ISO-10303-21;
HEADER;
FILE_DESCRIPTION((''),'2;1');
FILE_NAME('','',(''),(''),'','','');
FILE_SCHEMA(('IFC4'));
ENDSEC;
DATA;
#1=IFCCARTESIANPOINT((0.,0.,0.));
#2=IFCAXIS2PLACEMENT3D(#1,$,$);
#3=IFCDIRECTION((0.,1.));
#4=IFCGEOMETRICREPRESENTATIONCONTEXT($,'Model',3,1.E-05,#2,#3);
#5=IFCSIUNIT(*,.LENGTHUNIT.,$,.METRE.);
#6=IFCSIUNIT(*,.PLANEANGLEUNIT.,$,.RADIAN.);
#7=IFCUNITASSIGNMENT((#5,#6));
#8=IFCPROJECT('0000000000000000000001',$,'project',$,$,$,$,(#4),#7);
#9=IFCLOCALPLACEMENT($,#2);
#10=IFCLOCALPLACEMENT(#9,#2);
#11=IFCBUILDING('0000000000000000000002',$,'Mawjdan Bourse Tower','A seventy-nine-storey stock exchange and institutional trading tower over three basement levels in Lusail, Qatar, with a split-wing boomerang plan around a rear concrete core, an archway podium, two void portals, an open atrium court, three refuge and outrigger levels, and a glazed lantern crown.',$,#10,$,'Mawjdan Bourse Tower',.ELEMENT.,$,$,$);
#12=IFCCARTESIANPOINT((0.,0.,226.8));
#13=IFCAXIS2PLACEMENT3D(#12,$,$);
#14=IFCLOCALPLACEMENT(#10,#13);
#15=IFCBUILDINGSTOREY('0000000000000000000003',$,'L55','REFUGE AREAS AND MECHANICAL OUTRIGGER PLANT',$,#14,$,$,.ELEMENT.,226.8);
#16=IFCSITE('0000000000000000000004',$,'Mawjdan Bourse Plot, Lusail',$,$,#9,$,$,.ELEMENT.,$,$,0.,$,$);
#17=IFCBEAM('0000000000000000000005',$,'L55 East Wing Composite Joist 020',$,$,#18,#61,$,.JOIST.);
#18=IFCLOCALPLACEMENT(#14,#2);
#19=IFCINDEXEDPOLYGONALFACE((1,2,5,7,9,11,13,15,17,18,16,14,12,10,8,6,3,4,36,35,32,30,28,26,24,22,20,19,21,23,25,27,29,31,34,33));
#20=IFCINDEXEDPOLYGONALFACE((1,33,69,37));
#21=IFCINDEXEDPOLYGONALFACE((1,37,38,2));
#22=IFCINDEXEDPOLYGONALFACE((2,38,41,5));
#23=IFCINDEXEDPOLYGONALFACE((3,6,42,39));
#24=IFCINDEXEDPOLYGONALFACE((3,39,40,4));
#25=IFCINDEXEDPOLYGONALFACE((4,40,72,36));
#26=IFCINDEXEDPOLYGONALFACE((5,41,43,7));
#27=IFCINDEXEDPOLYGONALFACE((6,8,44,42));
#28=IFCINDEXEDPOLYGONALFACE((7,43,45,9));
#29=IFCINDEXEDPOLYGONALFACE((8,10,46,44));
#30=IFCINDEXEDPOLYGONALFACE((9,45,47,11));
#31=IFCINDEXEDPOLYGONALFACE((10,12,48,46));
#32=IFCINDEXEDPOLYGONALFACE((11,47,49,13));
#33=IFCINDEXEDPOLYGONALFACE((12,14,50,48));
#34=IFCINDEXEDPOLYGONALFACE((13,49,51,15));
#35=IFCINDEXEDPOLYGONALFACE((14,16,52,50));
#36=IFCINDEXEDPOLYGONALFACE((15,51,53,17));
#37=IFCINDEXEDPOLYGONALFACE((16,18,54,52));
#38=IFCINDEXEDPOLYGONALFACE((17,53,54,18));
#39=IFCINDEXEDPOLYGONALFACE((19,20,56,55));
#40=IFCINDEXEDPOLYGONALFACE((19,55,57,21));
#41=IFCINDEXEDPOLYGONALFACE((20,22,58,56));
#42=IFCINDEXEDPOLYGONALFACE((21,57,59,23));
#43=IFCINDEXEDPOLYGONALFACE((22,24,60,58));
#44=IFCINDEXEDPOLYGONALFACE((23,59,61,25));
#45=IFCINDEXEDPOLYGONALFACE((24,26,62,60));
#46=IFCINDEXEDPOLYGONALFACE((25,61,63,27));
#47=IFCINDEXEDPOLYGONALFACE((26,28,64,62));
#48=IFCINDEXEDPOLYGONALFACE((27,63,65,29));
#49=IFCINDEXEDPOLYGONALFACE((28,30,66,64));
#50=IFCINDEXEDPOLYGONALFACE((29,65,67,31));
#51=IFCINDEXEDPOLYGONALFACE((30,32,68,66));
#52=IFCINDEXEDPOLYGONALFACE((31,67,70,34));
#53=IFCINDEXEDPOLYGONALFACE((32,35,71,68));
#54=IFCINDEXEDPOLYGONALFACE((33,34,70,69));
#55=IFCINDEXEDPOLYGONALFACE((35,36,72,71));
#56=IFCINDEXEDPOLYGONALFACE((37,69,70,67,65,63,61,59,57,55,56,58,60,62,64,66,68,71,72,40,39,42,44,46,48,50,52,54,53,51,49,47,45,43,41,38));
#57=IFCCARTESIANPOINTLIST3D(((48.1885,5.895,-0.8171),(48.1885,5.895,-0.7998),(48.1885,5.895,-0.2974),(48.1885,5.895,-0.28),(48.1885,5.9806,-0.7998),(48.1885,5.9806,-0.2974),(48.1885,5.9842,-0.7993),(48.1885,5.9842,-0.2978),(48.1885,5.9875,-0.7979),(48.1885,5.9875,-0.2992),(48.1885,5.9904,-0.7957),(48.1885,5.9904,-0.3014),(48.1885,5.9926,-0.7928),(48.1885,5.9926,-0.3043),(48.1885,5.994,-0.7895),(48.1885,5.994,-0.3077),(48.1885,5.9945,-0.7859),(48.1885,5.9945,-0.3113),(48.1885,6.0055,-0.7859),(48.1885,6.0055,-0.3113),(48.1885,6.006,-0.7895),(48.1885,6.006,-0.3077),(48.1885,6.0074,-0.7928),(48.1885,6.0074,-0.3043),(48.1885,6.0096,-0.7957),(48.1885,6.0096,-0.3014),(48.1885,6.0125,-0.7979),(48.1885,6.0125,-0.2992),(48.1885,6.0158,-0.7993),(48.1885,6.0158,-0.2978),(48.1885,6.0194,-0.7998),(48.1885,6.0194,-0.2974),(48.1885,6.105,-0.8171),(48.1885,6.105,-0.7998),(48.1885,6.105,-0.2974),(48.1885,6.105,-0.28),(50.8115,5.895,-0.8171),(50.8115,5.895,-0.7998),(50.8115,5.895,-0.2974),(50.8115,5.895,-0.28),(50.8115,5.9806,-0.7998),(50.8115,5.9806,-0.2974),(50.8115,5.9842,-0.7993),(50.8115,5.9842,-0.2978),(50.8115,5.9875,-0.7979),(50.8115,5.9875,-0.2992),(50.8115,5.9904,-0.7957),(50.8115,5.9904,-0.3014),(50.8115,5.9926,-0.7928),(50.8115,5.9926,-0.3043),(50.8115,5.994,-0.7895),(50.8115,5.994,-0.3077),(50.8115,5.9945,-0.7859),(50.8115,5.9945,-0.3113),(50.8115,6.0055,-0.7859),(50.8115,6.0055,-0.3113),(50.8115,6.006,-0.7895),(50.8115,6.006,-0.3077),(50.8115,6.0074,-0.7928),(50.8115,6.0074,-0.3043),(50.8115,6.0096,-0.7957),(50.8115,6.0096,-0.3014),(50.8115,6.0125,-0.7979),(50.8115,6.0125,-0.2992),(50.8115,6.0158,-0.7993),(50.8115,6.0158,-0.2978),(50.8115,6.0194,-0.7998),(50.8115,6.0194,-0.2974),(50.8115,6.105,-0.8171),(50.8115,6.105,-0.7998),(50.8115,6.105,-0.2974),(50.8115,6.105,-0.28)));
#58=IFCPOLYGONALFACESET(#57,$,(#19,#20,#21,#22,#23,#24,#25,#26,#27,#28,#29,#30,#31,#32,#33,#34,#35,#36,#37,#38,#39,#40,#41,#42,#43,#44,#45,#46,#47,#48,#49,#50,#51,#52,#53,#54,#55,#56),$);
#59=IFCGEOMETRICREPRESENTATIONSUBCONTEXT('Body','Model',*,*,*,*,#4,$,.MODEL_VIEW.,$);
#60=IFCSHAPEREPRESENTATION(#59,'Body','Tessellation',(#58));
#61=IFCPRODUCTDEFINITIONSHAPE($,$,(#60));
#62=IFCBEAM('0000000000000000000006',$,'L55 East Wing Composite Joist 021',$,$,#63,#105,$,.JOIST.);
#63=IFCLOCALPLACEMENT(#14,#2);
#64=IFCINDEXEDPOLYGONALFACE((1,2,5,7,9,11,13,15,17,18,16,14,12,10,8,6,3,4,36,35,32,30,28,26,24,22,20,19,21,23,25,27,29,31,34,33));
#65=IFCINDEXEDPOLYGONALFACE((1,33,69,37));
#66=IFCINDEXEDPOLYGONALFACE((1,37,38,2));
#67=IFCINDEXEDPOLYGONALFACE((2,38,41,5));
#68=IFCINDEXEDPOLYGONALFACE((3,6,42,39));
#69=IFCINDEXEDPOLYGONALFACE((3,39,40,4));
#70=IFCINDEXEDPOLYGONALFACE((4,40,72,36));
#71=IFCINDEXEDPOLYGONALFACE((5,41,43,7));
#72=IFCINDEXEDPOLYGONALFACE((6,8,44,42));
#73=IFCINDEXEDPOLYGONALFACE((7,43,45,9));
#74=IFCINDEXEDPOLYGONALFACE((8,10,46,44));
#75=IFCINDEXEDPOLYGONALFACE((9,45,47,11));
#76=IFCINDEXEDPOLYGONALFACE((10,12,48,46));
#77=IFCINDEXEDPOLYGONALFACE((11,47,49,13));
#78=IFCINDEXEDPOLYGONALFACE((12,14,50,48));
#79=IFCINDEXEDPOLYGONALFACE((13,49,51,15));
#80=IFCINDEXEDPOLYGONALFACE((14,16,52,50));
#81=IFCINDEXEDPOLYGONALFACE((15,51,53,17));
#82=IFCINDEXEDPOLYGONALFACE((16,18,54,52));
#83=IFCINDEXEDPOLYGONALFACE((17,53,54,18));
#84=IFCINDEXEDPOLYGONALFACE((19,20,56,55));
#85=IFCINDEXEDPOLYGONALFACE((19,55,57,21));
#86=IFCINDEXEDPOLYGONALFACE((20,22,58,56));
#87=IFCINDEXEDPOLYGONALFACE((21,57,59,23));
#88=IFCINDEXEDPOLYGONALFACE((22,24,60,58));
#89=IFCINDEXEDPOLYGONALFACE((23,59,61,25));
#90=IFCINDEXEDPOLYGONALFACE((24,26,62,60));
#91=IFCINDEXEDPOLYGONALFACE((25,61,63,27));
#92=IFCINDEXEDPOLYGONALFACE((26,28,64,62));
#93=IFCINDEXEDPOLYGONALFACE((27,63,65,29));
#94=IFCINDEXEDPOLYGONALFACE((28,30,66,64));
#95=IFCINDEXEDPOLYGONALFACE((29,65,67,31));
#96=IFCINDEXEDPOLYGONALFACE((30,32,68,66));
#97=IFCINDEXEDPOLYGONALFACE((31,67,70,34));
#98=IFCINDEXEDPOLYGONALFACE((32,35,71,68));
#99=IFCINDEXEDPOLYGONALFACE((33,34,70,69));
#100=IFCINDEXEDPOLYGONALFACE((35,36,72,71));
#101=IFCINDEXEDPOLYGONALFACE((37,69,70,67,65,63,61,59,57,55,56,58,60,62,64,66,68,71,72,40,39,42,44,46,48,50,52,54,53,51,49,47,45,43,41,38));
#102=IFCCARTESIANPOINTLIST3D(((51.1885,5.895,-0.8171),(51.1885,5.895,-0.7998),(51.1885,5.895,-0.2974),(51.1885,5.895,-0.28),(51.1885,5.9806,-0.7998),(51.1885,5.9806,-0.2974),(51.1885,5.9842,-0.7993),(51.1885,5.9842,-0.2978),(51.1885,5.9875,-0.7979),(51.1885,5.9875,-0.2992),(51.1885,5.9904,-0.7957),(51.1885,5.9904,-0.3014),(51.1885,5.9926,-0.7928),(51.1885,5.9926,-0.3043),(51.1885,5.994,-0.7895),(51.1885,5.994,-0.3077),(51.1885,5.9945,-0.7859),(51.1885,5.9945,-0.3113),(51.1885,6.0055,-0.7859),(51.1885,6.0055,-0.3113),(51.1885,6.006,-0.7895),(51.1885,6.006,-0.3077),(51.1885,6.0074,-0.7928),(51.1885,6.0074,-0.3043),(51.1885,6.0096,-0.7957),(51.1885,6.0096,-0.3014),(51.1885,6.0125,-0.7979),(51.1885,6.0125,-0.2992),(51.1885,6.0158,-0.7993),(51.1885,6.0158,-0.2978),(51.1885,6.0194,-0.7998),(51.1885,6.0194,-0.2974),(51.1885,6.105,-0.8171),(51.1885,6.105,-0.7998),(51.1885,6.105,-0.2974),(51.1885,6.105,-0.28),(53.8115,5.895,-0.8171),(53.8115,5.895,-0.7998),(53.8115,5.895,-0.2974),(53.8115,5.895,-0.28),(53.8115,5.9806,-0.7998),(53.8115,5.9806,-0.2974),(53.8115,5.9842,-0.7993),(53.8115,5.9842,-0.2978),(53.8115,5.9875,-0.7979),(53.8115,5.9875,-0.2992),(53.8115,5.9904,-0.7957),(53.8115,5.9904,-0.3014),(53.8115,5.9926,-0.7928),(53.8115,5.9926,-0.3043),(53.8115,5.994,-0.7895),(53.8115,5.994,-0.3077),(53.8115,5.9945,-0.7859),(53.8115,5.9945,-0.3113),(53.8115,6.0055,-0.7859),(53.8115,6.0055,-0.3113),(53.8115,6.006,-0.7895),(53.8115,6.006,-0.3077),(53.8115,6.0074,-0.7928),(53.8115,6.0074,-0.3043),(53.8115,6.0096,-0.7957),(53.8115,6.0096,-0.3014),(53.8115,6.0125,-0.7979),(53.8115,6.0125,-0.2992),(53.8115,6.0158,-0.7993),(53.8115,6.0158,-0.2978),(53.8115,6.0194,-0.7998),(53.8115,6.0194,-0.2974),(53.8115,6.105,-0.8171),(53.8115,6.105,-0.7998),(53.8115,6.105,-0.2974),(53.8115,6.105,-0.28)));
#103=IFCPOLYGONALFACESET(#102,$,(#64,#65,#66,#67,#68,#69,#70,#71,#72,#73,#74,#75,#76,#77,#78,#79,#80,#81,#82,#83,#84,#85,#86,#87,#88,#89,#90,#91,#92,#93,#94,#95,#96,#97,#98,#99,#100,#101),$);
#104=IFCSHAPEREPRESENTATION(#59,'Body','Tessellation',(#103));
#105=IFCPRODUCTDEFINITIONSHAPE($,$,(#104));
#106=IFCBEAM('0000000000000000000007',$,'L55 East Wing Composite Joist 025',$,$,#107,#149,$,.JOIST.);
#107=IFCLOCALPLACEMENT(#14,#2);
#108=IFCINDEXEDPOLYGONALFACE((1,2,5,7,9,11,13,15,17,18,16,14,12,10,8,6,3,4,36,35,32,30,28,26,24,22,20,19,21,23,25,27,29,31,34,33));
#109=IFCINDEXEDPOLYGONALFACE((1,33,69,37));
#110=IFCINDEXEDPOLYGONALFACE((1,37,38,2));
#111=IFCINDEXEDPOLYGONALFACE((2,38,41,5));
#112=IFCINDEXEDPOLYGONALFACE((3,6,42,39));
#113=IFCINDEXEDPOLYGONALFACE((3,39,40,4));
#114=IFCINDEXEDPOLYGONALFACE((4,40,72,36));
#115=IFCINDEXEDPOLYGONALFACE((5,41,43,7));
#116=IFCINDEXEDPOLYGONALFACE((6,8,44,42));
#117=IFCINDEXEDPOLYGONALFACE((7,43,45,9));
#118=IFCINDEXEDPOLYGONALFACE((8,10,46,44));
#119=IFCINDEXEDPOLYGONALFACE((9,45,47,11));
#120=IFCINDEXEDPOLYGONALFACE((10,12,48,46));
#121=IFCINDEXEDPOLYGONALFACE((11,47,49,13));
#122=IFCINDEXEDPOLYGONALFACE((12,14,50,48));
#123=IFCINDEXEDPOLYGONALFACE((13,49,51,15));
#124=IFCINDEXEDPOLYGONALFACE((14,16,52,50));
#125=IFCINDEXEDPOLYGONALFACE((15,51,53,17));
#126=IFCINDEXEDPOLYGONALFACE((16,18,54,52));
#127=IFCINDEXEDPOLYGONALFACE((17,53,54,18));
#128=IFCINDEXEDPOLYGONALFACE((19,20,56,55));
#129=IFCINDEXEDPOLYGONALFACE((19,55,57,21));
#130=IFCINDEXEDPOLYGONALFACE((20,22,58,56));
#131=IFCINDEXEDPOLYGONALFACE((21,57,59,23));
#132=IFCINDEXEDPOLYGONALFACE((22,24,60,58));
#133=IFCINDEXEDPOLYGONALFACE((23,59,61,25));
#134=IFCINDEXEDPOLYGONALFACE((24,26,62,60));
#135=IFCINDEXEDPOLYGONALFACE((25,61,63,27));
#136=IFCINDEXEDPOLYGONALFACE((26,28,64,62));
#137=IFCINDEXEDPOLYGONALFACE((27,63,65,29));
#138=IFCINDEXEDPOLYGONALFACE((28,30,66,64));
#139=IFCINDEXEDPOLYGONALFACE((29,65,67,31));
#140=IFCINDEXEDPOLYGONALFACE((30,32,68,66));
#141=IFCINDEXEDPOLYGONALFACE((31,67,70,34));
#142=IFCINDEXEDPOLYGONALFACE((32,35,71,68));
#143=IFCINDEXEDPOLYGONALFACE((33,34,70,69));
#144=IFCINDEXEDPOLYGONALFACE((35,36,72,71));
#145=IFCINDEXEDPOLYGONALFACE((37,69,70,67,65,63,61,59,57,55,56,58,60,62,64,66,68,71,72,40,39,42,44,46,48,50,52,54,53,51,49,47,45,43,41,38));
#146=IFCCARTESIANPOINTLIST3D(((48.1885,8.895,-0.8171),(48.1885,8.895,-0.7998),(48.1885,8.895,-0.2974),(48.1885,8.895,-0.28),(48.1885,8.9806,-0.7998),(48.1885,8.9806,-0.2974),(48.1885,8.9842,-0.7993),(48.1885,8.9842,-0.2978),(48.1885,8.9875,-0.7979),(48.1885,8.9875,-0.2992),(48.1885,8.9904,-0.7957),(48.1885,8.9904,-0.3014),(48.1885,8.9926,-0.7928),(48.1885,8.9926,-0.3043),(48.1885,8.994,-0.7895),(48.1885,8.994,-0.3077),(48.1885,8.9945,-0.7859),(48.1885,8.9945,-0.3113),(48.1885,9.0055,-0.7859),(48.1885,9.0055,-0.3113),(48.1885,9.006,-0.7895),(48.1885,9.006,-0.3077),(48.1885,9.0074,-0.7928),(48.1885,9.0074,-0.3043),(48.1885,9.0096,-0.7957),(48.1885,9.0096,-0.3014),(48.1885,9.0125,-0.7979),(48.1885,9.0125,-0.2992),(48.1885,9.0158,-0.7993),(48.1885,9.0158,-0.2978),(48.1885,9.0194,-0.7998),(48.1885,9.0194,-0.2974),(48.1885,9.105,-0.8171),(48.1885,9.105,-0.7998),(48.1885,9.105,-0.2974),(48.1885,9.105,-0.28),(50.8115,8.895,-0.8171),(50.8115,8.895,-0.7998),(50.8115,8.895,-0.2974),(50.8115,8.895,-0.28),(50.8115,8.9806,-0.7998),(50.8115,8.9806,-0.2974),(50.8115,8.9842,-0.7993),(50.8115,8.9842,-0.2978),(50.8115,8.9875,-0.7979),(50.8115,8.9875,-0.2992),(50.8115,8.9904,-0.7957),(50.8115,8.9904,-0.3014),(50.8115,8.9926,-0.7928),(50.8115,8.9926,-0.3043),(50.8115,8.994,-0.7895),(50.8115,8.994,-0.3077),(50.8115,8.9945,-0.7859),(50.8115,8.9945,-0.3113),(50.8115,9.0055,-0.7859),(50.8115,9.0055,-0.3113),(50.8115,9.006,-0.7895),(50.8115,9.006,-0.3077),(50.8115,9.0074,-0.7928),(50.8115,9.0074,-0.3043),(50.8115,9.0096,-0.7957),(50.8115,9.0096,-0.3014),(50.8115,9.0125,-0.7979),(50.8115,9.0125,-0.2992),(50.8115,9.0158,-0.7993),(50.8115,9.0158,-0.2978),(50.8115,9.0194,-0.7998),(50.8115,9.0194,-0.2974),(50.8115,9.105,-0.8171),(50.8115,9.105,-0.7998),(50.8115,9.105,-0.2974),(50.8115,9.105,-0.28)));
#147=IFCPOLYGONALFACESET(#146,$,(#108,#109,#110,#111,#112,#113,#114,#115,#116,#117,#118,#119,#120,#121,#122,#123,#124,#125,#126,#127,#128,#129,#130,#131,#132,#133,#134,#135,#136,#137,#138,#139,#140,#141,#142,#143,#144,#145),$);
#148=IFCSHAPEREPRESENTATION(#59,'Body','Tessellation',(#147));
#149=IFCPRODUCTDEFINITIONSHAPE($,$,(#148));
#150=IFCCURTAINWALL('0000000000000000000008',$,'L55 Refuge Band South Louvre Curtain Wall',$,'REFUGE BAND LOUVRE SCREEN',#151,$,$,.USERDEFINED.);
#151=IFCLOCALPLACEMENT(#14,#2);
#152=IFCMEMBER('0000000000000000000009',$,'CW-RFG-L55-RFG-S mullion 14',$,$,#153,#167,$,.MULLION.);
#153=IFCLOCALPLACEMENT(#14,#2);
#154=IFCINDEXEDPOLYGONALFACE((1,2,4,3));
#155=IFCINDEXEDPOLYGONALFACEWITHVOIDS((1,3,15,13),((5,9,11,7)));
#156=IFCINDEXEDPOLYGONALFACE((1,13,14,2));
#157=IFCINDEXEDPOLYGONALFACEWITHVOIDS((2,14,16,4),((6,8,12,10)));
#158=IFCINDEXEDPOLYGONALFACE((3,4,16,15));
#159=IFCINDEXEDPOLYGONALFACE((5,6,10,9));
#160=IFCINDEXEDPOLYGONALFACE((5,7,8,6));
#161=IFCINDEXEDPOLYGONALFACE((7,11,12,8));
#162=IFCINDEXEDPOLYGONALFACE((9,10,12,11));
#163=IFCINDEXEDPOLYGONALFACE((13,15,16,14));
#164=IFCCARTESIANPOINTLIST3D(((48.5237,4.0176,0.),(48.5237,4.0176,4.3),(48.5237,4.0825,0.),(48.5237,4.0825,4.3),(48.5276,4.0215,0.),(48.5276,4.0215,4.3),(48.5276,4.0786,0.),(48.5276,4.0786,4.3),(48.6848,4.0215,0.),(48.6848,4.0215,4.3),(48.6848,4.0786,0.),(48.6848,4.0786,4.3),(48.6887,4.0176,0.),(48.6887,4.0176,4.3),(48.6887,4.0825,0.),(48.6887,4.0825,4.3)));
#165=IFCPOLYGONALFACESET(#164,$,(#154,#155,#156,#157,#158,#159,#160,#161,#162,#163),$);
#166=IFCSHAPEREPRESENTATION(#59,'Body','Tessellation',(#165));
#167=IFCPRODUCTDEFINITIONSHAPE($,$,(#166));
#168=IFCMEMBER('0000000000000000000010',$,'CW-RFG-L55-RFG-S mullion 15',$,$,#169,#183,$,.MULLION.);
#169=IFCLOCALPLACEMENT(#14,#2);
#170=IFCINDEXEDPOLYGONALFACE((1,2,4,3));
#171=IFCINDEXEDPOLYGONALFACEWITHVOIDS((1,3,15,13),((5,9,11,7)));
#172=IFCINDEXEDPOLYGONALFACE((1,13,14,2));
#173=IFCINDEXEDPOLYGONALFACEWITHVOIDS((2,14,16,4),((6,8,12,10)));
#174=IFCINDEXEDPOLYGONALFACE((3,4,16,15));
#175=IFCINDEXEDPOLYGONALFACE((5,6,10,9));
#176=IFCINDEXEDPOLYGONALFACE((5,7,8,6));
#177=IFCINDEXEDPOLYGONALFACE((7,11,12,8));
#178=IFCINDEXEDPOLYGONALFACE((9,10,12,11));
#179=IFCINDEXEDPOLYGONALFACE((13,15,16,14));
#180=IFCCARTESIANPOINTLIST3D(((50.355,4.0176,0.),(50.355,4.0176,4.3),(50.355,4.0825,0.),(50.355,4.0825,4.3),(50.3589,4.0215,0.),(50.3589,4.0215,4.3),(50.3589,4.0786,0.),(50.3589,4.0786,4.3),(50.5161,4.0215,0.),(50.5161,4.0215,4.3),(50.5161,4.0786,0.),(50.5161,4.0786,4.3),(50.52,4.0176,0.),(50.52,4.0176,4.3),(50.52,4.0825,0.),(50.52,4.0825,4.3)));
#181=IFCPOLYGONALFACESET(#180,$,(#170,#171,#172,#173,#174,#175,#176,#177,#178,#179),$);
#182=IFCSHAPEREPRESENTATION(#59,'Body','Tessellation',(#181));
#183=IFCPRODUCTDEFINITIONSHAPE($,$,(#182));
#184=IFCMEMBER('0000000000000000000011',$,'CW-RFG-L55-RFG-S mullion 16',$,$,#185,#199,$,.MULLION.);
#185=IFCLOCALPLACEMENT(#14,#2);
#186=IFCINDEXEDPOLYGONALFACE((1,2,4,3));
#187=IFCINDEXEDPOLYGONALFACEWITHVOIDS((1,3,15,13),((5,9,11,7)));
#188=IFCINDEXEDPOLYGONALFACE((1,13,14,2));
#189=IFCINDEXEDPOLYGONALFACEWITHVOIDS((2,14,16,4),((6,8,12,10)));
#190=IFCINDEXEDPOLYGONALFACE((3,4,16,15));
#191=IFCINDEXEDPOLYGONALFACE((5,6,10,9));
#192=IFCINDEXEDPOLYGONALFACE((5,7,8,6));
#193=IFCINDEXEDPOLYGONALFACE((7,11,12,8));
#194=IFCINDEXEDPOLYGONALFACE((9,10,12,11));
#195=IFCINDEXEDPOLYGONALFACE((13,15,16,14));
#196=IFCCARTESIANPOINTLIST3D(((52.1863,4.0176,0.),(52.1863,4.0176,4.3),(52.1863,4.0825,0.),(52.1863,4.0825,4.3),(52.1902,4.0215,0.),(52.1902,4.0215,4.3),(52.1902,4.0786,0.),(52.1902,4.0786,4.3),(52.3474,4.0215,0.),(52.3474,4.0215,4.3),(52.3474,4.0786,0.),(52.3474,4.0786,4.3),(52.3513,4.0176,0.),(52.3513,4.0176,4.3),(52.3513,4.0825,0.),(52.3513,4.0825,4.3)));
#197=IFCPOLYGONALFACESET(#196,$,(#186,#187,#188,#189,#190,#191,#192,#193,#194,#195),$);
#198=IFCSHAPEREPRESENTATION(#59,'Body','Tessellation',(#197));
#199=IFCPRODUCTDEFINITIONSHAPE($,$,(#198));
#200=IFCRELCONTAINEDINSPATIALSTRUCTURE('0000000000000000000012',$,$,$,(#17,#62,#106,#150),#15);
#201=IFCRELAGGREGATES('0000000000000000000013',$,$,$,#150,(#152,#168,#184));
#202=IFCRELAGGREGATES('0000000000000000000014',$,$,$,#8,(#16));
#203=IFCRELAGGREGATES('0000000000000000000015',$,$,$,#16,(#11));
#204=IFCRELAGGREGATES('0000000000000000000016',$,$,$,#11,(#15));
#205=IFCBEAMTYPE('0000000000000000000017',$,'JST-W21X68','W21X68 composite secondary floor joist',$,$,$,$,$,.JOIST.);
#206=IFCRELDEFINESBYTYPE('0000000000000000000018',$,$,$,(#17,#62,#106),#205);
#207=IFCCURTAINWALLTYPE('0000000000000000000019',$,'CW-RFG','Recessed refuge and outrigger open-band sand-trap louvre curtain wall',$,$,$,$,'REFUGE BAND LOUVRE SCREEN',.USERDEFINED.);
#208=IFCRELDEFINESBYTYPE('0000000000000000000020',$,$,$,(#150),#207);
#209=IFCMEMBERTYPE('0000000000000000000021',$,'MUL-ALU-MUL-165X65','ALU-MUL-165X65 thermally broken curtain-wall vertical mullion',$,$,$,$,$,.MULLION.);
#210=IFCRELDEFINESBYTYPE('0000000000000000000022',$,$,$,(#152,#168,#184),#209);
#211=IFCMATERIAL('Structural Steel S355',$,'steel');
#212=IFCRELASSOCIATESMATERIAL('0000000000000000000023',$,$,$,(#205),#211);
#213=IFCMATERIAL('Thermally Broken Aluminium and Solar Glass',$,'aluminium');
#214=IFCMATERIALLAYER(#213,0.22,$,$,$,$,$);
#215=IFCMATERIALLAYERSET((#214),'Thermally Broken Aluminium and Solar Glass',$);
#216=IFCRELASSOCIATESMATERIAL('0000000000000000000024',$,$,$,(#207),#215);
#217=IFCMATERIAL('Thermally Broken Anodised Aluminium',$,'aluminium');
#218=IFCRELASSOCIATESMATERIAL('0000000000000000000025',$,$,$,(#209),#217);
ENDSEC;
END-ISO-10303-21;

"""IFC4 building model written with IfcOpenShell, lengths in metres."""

from ifc_helpers import new_model, si_unit, direction, frame, origin, origin_2d, place, context, subcontext, project, spatial, hollow_rectangle, i_section, extrude, material, layer, layer_set, material_profile, profile_set, type_object, element, aggregate, save


model = new_model("IFC4")

# Units and contexts
model_context = context("Model", 3, precision=1e-05, world=origin(), true_north=direction((0.0, 1.0)))
body_context = subcontext(model_context, "Body", "Model", "MODEL_VIEW")
ifc_project = project(units=[si_unit("LENGTHUNIT", "METRE"), si_unit("PLANEANGLEUNIT", "RADIAN")], contexts=[model_context])

# Site, building, storey
site_placement = place(None, origin())
site = spatial("IfcSite", under=ifc_project, at=site_placement, Name="Mawjdan Bourse Plot, Lusail", CompositionType="ELEMENT", RefElevation=0.0)
building_placement = place(site_placement, origin())
building = spatial("IfcBuilding", under=site, at=building_placement, Name="Mawjdan Bourse Tower", Description="A seventy-nine-storey stock exchange and institutional trading tower over three basement levels in Lusail, Qatar, with a split-wing boomerang plan around a rear concrete core, an archway podium, two void portals, an open atrium court, three refuge and outrigger levels, and a glazed lantern crown.", LongName="Mawjdan Bourse Tower", CompositionType="ELEMENT")
storey_placement = place(building_placement, frame((0.0, 0.0, 226.8)))
storey = spatial("IfcBuildingStorey", under=building, at=storey_placement, Name="L55", Description="REFUGE AREAS AND MECHANICAL OUTRIGGER PLANT", CompositionType="ELEMENT", Elevation=226.8)

# Beams
ifc_material_1 = material(Name="Structural Steel S355", Category="steel")
ifc_material_profile_1 = material_profile(ifc_material_1, i_section(OverallWidth=0.21, OverallDepth=0.5371, WebThickness=0.011, FlangeThickness=0.0173, FilletRadius=0.0139, at=origin_2d()), Name="W21X68")
ifc_profile_set_1 = profile_set([ifc_material_profile_1], Name="Structural Steel S355")
beam_type_1 = type_object("IfcBeamType", Name="JST-W21X68", Description="W21X68 composite secondary floor joist", PredefinedType="JOIST", material=ifc_profile_set_1)
for number, where, z_axis, x_axis, name in (
    (1, (48.1885, 6.0, -0.5486), (1.0, 0.0, 0.0), (0.0, 1.0, 0.0), "L55 East Wing Composite Joist 020"),
    (2, (51.1885, 6.0, -0.5486), (1.0, 0.0, 0.0), (0.0, 1.0, 0.0), "L55 East Wing Composite Joist 021"),
    (3, (48.1885, 9.0, -0.5486), (1.0, 0.0, 0.0), (0.0, 1.0, 0.0), "L55 East Wing Composite Joist 025"),
):
    element("IfcBeam", number, at=place(storey_placement, frame(where, z_axis=z_axis, x_axis=x_axis)), inside=storey, type_object=beam_type_1, Name=name, PredefinedType="JOIST", context=body_context, shape_type="SweptSolid", body=[
        extrude(i_section(OverallWidth=0.21, OverallDepth=0.5371, WebThickness=0.011, FlangeThickness=0.0173, FilletRadius=0.0139, at=origin_2d()), origin(), (0.0, 0.0, 1.0), 2.623),
    ])

# Curtain wall, members
ifc_material_2 = material(Name="Thermally Broken Aluminium and Solar Glass", Category="aluminium")
ifc_layer_1 = layer(ifc_material_2, 0.22)
ifc_layer_set_1 = layer_set([ifc_layer_1], Name="Thermally Broken Aluminium and Solar Glass")
curtain_wall_type = type_object("IfcCurtainWallType", Name="CW-RFG", Description="Recessed refuge and outrigger open-band sand-trap louvre curtain wall", ElementType="REFUGE BAND LOUVRE SCREEN", PredefinedType="USERDEFINED", material=ifc_layer_set_1)
curtain_wall_placement = place(storey_placement, origin())
curtain_wall = element("IfcCurtainWall", 4, at=curtain_wall_placement, inside=storey, type_object=curtain_wall_type, Name="L55 Refuge Band South Louvre Curtain Wall", ObjectType="REFUGE BAND LOUVRE SCREEN", PredefinedType="USERDEFINED")
ifc_material_3 = material(Name="Thermally Broken Anodised Aluminium", Category="aluminium")
ifc_material_profile_2 = material_profile(ifc_material_3, hollow_rectangle(XDim=0.0649, YDim=0.165, WallThickness=0.0039, at=origin_2d()), Name="ALU-MUL-165X65")
ifc_profile_set_2 = profile_set([ifc_material_profile_2], Name="Thermally Broken Anodised Aluminium")
member_type_1 = type_object("IfcMemberType", Name="MUL-ALU-MUL-165X65", Description="ALU-MUL-165X65 thermally broken curtain-wall vertical mullion", PredefinedType="MULLION", material=ifc_profile_set_2)
member_1_placement = place(storey_placement, frame((48.6062, 4.05, 0.0), z_axis=(0.0, 0.0, 1.0), x_axis=(0.0, 1.0, 0.0)))
member_1 = element("IfcMember", 5, at=member_1_placement, type_object=member_type_1, Name="CW-RFG-L55-RFG-S mullion 14", PredefinedType="MULLION", context=body_context, shape_type="SweptSolid", body=[
    extrude(hollow_rectangle(XDim=0.0649, YDim=0.165, WallThickness=0.0039, at=origin_2d()), origin(), (0.0, 0.0, 1.0), 4.3),
])
member_2_placement = place(storey_placement, frame((50.4375, 4.05, 0.0), z_axis=(0.0, 0.0, 1.0), x_axis=(0.0, 1.0, 0.0)))
member_2 = element("IfcMember", 6, at=member_2_placement, type_object=member_type_1, Name="CW-RFG-L55-RFG-S mullion 15", PredefinedType="MULLION", context=body_context, shape_type="SweptSolid", body=[
    extrude(hollow_rectangle(XDim=0.0649, YDim=0.165, WallThickness=0.0039, at=origin_2d()), origin(), (0.0, 0.0, 1.0), 4.3),
])
member_3_placement = place(storey_placement, frame((52.2688, 4.05, 0.0), z_axis=(0.0, 0.0, 1.0), x_axis=(0.0, 1.0, 0.0)))
member_3 = element("IfcMember", 7, at=member_3_placement, type_object=member_type_1, Name="CW-RFG-L55-RFG-S mullion 16", PredefinedType="MULLION", context=body_context, shape_type="SweptSolid", body=[
    extrude(hollow_rectangle(XDim=0.0649, YDim=0.165, WallThickness=0.0039, at=origin_2d()), origin(), (0.0, 0.0, 1.0), 4.3),
])

aggregate(curtain_wall, [member_1, member_2, member_3])

save(model, "model.ifc")
